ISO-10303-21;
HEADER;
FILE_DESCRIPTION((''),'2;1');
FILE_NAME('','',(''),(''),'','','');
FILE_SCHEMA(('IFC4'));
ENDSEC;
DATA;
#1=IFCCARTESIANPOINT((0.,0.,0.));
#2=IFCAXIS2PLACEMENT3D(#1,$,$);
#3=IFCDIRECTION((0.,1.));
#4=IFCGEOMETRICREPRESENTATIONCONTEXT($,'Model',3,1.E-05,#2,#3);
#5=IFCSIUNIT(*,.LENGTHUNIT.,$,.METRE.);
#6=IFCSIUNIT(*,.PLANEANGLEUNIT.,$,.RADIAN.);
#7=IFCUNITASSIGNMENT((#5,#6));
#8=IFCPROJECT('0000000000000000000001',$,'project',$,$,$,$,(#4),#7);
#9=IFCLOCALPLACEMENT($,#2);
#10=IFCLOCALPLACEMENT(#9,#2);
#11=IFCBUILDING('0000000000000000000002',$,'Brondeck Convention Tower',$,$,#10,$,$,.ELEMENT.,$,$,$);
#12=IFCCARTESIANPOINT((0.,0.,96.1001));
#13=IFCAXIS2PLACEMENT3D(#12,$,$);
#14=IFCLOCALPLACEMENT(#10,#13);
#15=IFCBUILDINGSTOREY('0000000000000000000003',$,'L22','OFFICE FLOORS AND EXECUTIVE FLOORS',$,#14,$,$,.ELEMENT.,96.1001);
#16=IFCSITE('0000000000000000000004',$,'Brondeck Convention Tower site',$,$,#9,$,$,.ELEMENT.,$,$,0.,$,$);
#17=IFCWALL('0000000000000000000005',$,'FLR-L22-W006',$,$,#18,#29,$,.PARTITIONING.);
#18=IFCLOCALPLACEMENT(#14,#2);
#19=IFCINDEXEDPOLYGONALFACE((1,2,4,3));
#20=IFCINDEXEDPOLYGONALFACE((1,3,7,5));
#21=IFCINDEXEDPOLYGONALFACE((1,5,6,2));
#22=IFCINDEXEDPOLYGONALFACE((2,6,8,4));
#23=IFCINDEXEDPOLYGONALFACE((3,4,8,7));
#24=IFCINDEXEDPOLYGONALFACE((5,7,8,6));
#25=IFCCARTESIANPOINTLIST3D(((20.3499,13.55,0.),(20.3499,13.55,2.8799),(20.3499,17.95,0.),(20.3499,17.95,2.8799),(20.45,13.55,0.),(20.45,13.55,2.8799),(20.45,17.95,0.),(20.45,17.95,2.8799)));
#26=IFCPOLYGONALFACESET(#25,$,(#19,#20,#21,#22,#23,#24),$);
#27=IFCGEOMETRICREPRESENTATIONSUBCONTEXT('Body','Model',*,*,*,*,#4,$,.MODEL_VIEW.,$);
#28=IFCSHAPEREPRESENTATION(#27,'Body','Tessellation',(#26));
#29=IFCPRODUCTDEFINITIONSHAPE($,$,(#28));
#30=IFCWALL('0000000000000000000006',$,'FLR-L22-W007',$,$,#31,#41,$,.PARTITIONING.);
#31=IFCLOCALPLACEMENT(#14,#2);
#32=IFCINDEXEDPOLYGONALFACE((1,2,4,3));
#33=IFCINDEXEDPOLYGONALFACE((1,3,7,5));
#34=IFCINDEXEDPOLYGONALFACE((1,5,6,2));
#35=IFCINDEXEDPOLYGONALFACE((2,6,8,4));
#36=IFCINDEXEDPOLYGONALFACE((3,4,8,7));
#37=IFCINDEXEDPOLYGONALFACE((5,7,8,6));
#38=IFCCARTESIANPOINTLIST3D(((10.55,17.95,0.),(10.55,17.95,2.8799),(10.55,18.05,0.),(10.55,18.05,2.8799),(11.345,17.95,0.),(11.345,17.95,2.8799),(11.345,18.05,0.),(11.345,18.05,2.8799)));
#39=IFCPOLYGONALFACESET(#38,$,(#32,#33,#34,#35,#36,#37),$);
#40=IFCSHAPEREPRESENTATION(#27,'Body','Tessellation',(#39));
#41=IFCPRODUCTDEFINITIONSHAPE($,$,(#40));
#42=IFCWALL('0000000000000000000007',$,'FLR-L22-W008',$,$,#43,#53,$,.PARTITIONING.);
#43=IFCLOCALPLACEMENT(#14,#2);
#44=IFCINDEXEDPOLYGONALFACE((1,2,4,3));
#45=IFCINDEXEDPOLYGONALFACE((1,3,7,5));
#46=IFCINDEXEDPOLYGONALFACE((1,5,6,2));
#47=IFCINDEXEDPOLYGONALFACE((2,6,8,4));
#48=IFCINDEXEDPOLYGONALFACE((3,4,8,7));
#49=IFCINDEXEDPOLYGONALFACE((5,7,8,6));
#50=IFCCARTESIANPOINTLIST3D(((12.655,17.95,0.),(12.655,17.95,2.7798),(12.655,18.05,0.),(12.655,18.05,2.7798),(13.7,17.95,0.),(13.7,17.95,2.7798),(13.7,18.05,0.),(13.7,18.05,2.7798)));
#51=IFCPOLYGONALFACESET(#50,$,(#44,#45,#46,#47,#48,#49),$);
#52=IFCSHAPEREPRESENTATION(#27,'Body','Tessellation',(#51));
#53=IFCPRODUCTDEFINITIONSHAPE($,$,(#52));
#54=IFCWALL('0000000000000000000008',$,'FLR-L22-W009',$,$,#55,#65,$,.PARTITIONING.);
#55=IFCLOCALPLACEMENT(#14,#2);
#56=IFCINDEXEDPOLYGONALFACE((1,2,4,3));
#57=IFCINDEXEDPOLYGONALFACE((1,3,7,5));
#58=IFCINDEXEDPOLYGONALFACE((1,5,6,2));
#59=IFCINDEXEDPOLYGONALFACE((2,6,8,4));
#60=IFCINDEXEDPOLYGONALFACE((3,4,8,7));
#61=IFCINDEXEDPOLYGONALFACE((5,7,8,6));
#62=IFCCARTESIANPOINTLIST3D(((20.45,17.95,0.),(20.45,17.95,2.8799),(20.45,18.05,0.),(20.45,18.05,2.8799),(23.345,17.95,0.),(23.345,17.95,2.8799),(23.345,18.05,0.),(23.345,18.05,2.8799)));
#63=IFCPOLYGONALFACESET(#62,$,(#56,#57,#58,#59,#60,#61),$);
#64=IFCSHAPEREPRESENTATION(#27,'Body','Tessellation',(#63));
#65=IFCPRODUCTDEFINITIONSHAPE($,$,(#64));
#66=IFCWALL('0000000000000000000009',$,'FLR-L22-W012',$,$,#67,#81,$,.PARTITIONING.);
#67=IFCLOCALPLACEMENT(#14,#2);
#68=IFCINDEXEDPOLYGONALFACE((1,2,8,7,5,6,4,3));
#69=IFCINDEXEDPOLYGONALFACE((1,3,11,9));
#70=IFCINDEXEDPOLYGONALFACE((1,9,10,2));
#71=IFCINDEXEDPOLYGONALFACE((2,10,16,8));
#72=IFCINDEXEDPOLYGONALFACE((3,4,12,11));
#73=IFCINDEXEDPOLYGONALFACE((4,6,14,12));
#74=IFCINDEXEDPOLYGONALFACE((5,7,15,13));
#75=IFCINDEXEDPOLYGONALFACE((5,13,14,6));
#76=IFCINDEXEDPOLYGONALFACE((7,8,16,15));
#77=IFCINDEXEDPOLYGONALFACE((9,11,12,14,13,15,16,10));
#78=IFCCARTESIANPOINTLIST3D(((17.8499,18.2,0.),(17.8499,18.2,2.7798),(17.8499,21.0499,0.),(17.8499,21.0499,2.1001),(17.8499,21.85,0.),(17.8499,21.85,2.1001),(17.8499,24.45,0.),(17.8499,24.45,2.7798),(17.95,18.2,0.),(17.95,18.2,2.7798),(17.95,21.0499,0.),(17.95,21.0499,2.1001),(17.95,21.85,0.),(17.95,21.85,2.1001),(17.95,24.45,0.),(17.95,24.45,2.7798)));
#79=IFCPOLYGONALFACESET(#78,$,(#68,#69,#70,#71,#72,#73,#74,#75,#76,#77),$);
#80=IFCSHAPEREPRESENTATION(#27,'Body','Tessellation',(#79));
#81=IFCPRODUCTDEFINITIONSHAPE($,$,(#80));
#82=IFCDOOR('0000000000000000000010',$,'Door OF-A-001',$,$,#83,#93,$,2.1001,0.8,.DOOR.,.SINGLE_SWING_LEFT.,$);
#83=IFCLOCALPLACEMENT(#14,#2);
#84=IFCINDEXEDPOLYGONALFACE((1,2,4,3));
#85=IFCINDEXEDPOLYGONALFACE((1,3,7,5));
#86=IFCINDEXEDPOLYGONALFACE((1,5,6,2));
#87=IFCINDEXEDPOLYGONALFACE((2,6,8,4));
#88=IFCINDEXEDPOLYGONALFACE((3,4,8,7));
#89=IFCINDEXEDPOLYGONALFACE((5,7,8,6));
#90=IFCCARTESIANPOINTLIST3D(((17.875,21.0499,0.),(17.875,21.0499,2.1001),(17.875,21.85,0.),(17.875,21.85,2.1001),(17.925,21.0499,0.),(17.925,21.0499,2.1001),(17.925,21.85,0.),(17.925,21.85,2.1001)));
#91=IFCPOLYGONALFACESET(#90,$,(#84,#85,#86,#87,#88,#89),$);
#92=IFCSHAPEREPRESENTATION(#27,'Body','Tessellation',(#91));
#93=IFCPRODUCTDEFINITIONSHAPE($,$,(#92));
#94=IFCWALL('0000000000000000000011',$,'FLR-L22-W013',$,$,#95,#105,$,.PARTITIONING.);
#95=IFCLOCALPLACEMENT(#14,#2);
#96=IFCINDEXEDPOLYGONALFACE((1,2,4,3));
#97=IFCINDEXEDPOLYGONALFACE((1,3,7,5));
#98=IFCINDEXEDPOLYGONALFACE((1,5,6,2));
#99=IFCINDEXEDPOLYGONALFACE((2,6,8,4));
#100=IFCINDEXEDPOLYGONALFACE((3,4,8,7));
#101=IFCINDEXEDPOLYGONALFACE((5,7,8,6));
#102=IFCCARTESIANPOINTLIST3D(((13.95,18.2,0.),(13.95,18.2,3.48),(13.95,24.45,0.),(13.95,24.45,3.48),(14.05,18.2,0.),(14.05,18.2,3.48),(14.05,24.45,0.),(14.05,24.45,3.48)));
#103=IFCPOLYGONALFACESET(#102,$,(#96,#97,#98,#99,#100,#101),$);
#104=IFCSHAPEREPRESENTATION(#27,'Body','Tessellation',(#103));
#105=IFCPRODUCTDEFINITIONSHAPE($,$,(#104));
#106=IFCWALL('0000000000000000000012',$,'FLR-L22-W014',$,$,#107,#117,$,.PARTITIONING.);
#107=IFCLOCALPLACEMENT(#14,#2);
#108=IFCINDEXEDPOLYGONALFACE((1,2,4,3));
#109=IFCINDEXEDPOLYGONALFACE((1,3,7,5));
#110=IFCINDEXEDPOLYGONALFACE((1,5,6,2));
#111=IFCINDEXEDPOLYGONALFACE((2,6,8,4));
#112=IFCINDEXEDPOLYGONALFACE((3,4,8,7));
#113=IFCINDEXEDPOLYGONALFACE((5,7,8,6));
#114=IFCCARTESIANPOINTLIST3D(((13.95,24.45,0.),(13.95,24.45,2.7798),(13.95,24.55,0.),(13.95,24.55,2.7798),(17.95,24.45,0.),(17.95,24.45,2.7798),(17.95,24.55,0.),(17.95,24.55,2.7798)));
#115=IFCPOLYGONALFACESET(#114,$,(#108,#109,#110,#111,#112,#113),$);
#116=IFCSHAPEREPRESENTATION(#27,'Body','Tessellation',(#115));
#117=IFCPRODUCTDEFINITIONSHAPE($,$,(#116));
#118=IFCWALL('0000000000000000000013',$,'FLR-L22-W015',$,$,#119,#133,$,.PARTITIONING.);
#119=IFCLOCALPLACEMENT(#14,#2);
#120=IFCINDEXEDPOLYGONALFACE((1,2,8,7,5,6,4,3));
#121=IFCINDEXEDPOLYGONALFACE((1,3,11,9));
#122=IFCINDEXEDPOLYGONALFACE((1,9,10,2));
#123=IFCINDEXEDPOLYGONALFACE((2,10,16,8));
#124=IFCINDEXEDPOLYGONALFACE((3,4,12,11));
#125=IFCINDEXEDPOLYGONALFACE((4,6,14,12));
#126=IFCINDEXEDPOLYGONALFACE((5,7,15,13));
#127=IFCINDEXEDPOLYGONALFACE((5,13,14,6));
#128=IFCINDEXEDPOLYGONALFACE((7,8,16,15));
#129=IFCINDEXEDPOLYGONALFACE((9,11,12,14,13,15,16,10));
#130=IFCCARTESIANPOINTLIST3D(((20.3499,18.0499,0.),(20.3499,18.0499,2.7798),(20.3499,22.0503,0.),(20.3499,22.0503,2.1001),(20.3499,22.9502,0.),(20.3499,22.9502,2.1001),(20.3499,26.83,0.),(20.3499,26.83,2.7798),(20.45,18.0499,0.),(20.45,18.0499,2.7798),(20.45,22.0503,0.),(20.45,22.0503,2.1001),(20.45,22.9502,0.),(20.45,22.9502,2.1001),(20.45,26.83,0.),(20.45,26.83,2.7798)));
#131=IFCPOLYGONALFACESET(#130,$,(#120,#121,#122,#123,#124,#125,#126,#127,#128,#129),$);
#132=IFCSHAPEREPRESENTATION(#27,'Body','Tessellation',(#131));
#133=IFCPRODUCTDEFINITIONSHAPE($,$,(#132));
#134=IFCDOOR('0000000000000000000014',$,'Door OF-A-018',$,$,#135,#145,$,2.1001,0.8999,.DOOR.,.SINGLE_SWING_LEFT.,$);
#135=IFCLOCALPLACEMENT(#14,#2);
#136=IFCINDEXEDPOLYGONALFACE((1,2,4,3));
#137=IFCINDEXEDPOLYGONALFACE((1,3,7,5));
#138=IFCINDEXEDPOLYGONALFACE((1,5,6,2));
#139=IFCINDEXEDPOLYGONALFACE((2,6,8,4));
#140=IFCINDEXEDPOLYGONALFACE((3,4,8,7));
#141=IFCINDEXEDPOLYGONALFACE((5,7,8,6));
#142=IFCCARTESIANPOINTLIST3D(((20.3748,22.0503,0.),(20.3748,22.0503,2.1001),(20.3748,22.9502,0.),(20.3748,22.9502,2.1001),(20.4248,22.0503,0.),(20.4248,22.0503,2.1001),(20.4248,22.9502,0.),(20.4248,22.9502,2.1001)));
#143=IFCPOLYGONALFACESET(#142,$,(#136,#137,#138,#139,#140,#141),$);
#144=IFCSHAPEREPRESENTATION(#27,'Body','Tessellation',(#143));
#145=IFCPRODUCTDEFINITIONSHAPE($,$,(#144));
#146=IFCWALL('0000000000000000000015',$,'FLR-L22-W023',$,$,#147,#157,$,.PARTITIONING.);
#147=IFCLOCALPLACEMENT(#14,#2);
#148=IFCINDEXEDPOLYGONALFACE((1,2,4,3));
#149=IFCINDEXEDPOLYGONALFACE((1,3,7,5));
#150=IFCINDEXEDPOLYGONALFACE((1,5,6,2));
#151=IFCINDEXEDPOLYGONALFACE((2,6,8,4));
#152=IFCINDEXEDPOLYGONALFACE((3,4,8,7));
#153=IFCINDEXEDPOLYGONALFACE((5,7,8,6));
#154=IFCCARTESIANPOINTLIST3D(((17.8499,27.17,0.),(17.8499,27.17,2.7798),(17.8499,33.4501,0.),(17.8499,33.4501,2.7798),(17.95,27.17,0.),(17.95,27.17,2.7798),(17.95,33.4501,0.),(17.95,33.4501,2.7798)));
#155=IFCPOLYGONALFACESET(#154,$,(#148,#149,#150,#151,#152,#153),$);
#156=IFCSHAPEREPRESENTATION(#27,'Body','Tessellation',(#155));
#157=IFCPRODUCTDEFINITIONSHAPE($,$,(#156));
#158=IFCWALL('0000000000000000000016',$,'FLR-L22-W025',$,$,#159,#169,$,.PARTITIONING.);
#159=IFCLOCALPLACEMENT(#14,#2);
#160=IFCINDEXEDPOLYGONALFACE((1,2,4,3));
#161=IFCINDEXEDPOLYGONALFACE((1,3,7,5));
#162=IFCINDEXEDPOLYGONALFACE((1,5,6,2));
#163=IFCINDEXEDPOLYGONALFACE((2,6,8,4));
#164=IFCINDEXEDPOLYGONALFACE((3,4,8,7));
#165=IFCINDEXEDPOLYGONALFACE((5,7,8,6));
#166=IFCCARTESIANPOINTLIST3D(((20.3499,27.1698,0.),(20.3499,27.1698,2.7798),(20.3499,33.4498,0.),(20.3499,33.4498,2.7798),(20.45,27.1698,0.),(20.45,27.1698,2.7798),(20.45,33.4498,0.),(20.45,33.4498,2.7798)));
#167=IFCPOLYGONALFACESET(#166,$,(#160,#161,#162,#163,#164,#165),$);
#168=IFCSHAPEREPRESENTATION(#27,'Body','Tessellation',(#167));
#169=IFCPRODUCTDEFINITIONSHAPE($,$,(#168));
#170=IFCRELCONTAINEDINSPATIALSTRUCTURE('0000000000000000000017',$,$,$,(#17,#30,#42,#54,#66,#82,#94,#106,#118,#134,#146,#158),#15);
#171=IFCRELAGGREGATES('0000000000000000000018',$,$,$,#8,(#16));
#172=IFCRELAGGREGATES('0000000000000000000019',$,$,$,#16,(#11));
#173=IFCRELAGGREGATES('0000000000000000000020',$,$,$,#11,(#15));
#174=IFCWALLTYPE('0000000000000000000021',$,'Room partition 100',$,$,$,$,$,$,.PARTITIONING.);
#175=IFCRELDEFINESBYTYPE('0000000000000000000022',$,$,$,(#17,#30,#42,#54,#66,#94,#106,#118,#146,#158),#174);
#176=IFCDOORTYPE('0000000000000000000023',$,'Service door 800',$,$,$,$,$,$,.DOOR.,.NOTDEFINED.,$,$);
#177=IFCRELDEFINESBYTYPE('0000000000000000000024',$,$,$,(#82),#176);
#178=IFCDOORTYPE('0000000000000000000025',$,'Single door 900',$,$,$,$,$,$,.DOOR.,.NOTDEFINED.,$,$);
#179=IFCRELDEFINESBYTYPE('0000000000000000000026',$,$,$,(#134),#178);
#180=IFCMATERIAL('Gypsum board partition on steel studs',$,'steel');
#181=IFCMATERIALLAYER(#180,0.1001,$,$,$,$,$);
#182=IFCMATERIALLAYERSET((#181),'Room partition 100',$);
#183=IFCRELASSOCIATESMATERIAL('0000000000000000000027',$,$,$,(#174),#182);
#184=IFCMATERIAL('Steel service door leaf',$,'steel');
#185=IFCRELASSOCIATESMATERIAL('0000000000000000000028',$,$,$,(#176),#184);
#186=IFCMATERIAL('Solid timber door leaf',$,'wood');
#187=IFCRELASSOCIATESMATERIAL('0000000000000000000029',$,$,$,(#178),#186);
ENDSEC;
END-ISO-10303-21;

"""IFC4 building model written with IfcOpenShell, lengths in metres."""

from ifc_helpers import new_model, si_unit, direction, frame, frame_2d, origin, place, context, subcontext, project, spatial, rectangle, extrude, material, layer, layer_set, type_object, element, fill, save


model = new_model("IFC4")

# Units and contexts
model_context = context("Model", 3, precision=1e-05, world=origin(), true_north=direction((0.0, 1.0)))
body_context = subcontext(model_context, "Body", "Model", "MODEL_VIEW")
ifc_project = project(units=[si_unit("LENGTHUNIT", "METRE"), si_unit("PLANEANGLEUNIT", "RADIAN")], contexts=[model_context])

# Site, building, storey
site_placement = place(None, origin())
site = spatial("IfcSite", under=ifc_project, at=site_placement, Name="Brondeck Convention Tower site", CompositionType="ELEMENT", RefElevation=0.0)
building_placement = place(site_placement, origin())
building = spatial("IfcBuilding", under=site, at=building_placement, Name="Brondeck Convention Tower", CompositionType="ELEMENT")
storey_placement = place(building_placement, frame((0.0, 0.0, 96.1001)))
storey = spatial("IfcBuildingStorey", under=building, at=storey_placement, Name="L22", Description="OFFICE FLOORS AND EXECUTIVE FLOORS", CompositionType="ELEMENT", Elevation=96.1001)

# Walls
ifc_material_1 = material(Name="Gypsum board partition on steel studs", Category="steel")
ifc_layer_1 = layer(ifc_material_1, 0.1001)
ifc_layer_set_1 = layer_set([ifc_layer_1], Name="Room partition 100")
wall_type_1 = type_object("IfcWallType", Name="Room partition 100", PredefinedType="PARTITIONING", material=ifc_layer_set_1)
wall_1_placement = place(storey_placement, frame((20.3999, 17.95, 0.0), z_axis=(0.0, 0.0, 1.0), x_axis=(0.0, -1.0, 0.0)))
element("IfcWall", 1, at=wall_1_placement, inside=storey, type_object=wall_type_1, Name="FLR-L22-W006", PredefinedType="PARTITIONING", context=body_context, shape_type="SweptSolid", body=[
    extrude(rectangle(XDim=4.3999, YDim=0.1001, at=frame_2d((2.2, 0.0))), origin(), (0.0, 0.0, 1.0), 2.8799),
])
wall_2_placement = place(storey_placement, frame((11.345, 18.0, 0.0), z_axis=(0.0, 0.0, 1.0), x_axis=(-1.0, 0.0, 0.0)))
element("IfcWall", 2, at=wall_2_placement, inside=storey, type_object=wall_type_1, Name="FLR-L22-W007", PredefinedType="PARTITIONING", context=body_context, shape_type="SweptSolid", body=[
    extrude(rectangle(XDim=0.7949, YDim=0.1001, at=frame_2d((0.3975, 0.0))), origin(), (0.0, 0.0, 1.0), 2.8799),
])
wall_3_placement = place(storey_placement, frame((13.7, 18.0, 0.0), z_axis=(0.0, 0.0, 1.0), x_axis=(-1.0, 0.0, 0.0)))
element("IfcWall", 3, at=wall_3_placement, inside=storey, type_object=wall_type_1, Name="FLR-L22-W008", PredefinedType="PARTITIONING", context=body_context, shape_type="SweptSolid", body=[
    extrude(rectangle(XDim=1.0449, YDim=0.1001, at=frame_2d((0.5225, 0.0))), origin(), (0.0, 0.0, 1.0), 2.7798),
])
wall_4_placement = place(storey_placement, frame((23.345, 18.0, 0.0), z_axis=(0.0, 0.0, 1.0), x_axis=(-1.0, 0.0, 0.0)))
element("IfcWall", 4, at=wall_4_placement, inside=storey, type_object=wall_type_1, Name="FLR-L22-W009", PredefinedType="PARTITIONING", context=body_context, shape_type="SweptSolid", body=[
    extrude(rectangle(XDim=2.895, YDim=0.1001, at=frame_2d((1.4475, 0.0))), origin(), (0.0, 0.0, 1.0), 2.8799),
])

# Wall, opening, door
wall_5_placement = place(storey_placement, frame((17.8999, 18.2, 0.0), z_axis=(0.0, 0.0, 1.0), x_axis=(0.0, 1.0, 0.0)))
wall_5 = element("IfcWall", 5, at=wall_5_placement, inside=storey, type_object=wall_type_1, Name="FLR-L22-W012", PredefinedType="PARTITIONING", context=body_context, shape_type="SweptSolid", body=[
    extrude(rectangle(XDim=6.25, YDim=0.1001, at=frame_2d((3.125, 0.0))), origin(), (0.0, 0.0, 1.0), 2.7798),
])
opening_1_placement = place(wall_5_placement, frame((2.8501, 0.0, 0.0)))
opening_1 = element("IfcOpeningElement", 6, at=opening_1_placement, cuts=wall_5, PredefinedType="OPENING", context=body_context, shape_type="SweptSolid", body=[
    extrude(rectangle(XDim=0.8, YDim=2.1001, at=frame_2d((0.3999, 1.05))), frame((0.0, 0.0601, 0.0), z_axis=(0.0, -1.0, 0.0), x_axis=(1.0, 0.0, 0.0)), (0.0, 0.0, 1.0), 0.1201),
])
ifc_material_2 = material(Name="Steel service door leaf", Category="steel")
door_type_1 = type_object("IfcDoorType", Name="Service door 800", OperationType="NOTDEFINED", PredefinedType="DOOR", material=ifc_material_2)
door_1_placement = place(opening_1_placement, origin())
door_1 = element("IfcDoor", 7, at=door_1_placement, inside=storey, type_object=door_type_1, Name="Door OF-A-001", OperationType="SINGLE_SWING_LEFT", OverallHeight=2.1001, OverallWidth=0.8, PredefinedType="DOOR", context=body_context, shape_type="SweptSolid", body=[
    extrude(rectangle(XDim=0.8, YDim=2.1001, at=frame_2d((0.3999, 1.05))), frame((0.0, 0.0249, 0.0), z_axis=(0.0, -1.0, 0.0), x_axis=(1.0, 0.0, 0.0)), (0.0, 0.0, 1.0), 0.05),
])
fill(opening_1, door_1)

# Walls
wall_6_placement = place(storey_placement, frame((14.0, 24.45, 0.0), z_axis=(0.0, 0.0, 1.0), x_axis=(0.0, -1.0, 0.0)))
element("IfcWall", 8, at=wall_6_placement, inside=storey, type_object=wall_type_1, Name="FLR-L22-W013", PredefinedType="PARTITIONING", context=body_context, shape_type="SweptSolid", body=[
    extrude(rectangle(XDim=6.25, YDim=0.1001, at=frame_2d((3.125, 0.0))), origin(), (0.0, 0.0, 1.0), 3.48),
])
wall_7_placement = place(storey_placement, frame((17.95, 24.5, 0.0), z_axis=(0.0, 0.0, 1.0), x_axis=(-1.0, 0.0, 0.0)))
element("IfcWall", 9, at=wall_7_placement, inside=storey, type_object=wall_type_1, Name="FLR-L22-W014", PredefinedType="PARTITIONING", context=body_context, shape_type="SweptSolid", body=[
    extrude(rectangle(XDim=4.0, YDim=0.1001, at=frame_2d((2.0, 0.0))), origin(), (0.0, 0.0, 1.0), 2.7798),
])

# Wall, opening, door
wall_8_placement = place(storey_placement, frame((20.3999, 26.8301, 0.0), z_axis=(0.0, 0.0, 1.0), x_axis=(0.0, -1.0, 0.0)))
wall_8 = element("IfcWall", 10, at=wall_8_placement, inside=storey, type_object=wall_type_1, Name="FLR-L22-W015", PredefinedType="PARTITIONING", context=body_context, shape_type="SweptSolid", body=[
    extrude(rectangle(XDim=8.78, YDim=0.1001, at=frame_2d((4.3901, 0.0))), origin(), (0.0, 0.0, 1.0), 2.7798),
])
opening_2_placement = place(wall_8_placement, frame((3.8799, 0.0, 0.0)))
opening_2 = element("IfcOpeningElement", 11, at=opening_2_placement, cuts=wall_8, PredefinedType="OPENING", context=body_context, shape_type="SweptSolid", body=[
    extrude(rectangle(XDim=0.8999, YDim=2.1001, at=frame_2d((0.45, 1.05))), frame((0.0, 0.0601, 0.0), z_axis=(0.0, -1.0, 0.0), x_axis=(1.0, 0.0, 0.0)), (0.0, 0.0, 1.0), 0.1201),
])
ifc_material_3 = material(Name="Solid timber door leaf", Category="wood")
door_type_2 = type_object("IfcDoorType", Name="Single door 900", OperationType="NOTDEFINED", PredefinedType="DOOR", material=ifc_material_3)
door_2_placement = place(opening_2_placement, origin())
door_2 = element("IfcDoor", 12, at=door_2_placement, inside=storey, type_object=door_type_2, Name="Door OF-A-018", OperationType="SINGLE_SWING_LEFT", OverallHeight=2.1001, OverallWidth=0.8999, PredefinedType="DOOR", context=body_context, shape_type="SweptSolid", body=[
    extrude(rectangle(XDim=0.8999, YDim=2.1001, at=frame_2d((0.45, 1.05))), frame((0.0, 0.0249, 0.0), z_axis=(0.0, -1.0, 0.0), x_axis=(1.0, 0.0, 0.0)), (0.0, 0.0, 1.0), 0.05),
])
fill(opening_2, door_2)

# Walls
for number, where, z_axis, x_axis, name in (
    (13, (17.8999, 27.1699, 0.0), (0.0, 0.0, 1.0), (0.0, 1.0, 0.0), "FLR-L22-W023"),
    (14, (20.3999, 33.45, 0.0), (0.0, 0.0, 1.0), (0.0, -1.0, 0.0), "FLR-L22-W025"),
):
    element("IfcWall", number, at=place(storey_placement, frame(where, z_axis=z_axis, x_axis=x_axis)), inside=storey, type_object=wall_type_1, Name=name, PredefinedType="PARTITIONING", context=body_context, shape_type="SweptSolid", body=[
        extrude(rectangle(XDim=6.28, YDim=0.1001, at=frame_2d((3.1401, 0.0))), origin(), (0.0, 0.0, 1.0), 2.7798),
    ])

save(model, "model.ifc")
